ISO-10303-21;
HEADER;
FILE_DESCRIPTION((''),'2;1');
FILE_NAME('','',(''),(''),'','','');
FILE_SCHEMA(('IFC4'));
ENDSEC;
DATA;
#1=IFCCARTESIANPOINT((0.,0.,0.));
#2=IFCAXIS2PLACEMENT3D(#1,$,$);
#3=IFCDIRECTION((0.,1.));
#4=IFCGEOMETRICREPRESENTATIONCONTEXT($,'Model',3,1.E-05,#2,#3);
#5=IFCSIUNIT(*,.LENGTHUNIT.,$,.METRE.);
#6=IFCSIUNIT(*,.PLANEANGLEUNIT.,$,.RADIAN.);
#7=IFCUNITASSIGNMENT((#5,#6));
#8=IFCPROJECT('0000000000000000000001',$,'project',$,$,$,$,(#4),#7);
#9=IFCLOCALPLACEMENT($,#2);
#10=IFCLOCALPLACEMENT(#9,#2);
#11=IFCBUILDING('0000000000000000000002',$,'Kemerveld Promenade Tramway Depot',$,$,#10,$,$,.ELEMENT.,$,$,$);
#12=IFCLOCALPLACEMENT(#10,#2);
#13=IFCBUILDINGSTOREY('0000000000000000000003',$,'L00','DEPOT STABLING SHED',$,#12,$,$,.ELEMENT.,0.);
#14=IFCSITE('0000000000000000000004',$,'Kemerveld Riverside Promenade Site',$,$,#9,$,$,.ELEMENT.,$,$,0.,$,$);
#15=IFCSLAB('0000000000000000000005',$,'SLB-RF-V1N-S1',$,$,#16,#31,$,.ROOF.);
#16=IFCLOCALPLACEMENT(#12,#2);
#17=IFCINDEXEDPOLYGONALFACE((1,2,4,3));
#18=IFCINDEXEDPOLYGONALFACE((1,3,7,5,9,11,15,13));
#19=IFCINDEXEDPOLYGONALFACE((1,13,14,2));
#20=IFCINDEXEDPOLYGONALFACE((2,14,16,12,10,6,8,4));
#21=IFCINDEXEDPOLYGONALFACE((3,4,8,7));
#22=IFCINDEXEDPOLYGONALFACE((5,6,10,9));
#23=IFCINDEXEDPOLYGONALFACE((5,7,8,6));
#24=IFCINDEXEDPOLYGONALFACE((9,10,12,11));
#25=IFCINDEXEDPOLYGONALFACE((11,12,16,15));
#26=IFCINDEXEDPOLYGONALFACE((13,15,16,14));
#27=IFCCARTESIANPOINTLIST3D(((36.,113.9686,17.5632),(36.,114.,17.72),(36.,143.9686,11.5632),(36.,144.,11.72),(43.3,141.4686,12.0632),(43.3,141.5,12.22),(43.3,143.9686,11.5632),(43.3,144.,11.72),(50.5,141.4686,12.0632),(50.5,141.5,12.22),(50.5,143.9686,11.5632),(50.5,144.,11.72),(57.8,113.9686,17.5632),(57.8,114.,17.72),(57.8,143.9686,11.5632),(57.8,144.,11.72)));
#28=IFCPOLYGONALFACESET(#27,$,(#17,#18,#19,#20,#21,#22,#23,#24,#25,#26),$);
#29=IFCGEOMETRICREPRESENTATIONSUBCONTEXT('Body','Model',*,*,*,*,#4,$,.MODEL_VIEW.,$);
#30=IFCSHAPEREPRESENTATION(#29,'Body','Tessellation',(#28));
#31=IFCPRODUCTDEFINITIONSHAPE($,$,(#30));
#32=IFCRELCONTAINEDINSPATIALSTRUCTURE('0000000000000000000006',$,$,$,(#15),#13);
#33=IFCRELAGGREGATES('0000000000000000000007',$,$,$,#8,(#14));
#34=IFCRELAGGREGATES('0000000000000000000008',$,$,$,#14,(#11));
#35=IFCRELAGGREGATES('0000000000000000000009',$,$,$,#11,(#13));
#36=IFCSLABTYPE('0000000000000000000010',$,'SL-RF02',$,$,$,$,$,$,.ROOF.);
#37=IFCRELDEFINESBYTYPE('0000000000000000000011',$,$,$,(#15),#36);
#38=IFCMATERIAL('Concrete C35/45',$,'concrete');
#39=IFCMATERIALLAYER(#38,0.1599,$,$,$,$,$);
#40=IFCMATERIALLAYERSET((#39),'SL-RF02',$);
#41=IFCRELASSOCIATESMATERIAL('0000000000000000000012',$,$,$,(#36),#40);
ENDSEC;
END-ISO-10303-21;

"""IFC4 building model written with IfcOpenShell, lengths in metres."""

from ifc_helpers import new_model, si_unit, direction, frame, origin, place, context, subcontext, project, spatial, polyline, outline, extrude, material, layer, layer_set, type_object, element, save


model = new_model("IFC4")

# Units and contexts
model_context = context("Model", 3, precision=1e-05, world=origin(), true_north=direction((0.0, 1.0)))
body_context = subcontext(model_context, "Body", "Model", "MODEL_VIEW")
ifc_project = project(units=[si_unit("LENGTHUNIT", "METRE"), si_unit("PLANEANGLEUNIT", "RADIAN")], contexts=[model_context])

# Site, building, storey
site_placement = place(None, origin())
site = spatial("IfcSite", under=ifc_project, at=site_placement, Name="Kemerveld Riverside Promenade Site", CompositionType="ELEMENT", RefElevation=0.0)
building_placement = place(site_placement, origin())
building = spatial("IfcBuilding", under=site, at=building_placement, Name="Kemerveld Promenade Tramway Depot", CompositionType="ELEMENT")
storey_placement = place(building_placement, origin())
storey = spatial("IfcBuildingStorey", under=building, at=storey_placement, Name="L00", Description="DEPOT STABLING SHED", CompositionType="ELEMENT", Elevation=0.0)

# Slab
ifc_material_1 = material(Name="Concrete C35/45", Category="concrete")
ifc_layer_1 = layer(ifc_material_1, 0.1599)
ifc_layer_set_1 = layer_set([ifc_layer_1], Name="SL-RF02")
slab_type = type_object("IfcSlabType", Name="SL-RF02", PredefinedType="ROOF", material=ifc_layer_set_1)
slab_placement = place(storey_placement, frame((36.0, 114.0, 17.72), z_axis=(0.0, 0.196116, 0.980581), x_axis=(1.0, 0.0, 0.0)))
element("IfcSlab", 1, at=slab_placement, inside=storey, type_object=slab_type, Name="SLB-RF-V1N-S1", PredefinedType="ROOF", context=body_context, shape_type="SweptSolid", body=[
    extrude(outline(polyline([(0.0, 0.0), (21.8, 0.0), (21.8, 30.5941), (14.5, 30.5941), (14.5, 28.0446), (7.3, 28.0446), (7.3, 30.5941), (0.0, 30.5941), (0.0, 0.0)])), origin(), (0.0, 0.0, -1.0), 0.1599),
])

save(model, "model.ifc")
